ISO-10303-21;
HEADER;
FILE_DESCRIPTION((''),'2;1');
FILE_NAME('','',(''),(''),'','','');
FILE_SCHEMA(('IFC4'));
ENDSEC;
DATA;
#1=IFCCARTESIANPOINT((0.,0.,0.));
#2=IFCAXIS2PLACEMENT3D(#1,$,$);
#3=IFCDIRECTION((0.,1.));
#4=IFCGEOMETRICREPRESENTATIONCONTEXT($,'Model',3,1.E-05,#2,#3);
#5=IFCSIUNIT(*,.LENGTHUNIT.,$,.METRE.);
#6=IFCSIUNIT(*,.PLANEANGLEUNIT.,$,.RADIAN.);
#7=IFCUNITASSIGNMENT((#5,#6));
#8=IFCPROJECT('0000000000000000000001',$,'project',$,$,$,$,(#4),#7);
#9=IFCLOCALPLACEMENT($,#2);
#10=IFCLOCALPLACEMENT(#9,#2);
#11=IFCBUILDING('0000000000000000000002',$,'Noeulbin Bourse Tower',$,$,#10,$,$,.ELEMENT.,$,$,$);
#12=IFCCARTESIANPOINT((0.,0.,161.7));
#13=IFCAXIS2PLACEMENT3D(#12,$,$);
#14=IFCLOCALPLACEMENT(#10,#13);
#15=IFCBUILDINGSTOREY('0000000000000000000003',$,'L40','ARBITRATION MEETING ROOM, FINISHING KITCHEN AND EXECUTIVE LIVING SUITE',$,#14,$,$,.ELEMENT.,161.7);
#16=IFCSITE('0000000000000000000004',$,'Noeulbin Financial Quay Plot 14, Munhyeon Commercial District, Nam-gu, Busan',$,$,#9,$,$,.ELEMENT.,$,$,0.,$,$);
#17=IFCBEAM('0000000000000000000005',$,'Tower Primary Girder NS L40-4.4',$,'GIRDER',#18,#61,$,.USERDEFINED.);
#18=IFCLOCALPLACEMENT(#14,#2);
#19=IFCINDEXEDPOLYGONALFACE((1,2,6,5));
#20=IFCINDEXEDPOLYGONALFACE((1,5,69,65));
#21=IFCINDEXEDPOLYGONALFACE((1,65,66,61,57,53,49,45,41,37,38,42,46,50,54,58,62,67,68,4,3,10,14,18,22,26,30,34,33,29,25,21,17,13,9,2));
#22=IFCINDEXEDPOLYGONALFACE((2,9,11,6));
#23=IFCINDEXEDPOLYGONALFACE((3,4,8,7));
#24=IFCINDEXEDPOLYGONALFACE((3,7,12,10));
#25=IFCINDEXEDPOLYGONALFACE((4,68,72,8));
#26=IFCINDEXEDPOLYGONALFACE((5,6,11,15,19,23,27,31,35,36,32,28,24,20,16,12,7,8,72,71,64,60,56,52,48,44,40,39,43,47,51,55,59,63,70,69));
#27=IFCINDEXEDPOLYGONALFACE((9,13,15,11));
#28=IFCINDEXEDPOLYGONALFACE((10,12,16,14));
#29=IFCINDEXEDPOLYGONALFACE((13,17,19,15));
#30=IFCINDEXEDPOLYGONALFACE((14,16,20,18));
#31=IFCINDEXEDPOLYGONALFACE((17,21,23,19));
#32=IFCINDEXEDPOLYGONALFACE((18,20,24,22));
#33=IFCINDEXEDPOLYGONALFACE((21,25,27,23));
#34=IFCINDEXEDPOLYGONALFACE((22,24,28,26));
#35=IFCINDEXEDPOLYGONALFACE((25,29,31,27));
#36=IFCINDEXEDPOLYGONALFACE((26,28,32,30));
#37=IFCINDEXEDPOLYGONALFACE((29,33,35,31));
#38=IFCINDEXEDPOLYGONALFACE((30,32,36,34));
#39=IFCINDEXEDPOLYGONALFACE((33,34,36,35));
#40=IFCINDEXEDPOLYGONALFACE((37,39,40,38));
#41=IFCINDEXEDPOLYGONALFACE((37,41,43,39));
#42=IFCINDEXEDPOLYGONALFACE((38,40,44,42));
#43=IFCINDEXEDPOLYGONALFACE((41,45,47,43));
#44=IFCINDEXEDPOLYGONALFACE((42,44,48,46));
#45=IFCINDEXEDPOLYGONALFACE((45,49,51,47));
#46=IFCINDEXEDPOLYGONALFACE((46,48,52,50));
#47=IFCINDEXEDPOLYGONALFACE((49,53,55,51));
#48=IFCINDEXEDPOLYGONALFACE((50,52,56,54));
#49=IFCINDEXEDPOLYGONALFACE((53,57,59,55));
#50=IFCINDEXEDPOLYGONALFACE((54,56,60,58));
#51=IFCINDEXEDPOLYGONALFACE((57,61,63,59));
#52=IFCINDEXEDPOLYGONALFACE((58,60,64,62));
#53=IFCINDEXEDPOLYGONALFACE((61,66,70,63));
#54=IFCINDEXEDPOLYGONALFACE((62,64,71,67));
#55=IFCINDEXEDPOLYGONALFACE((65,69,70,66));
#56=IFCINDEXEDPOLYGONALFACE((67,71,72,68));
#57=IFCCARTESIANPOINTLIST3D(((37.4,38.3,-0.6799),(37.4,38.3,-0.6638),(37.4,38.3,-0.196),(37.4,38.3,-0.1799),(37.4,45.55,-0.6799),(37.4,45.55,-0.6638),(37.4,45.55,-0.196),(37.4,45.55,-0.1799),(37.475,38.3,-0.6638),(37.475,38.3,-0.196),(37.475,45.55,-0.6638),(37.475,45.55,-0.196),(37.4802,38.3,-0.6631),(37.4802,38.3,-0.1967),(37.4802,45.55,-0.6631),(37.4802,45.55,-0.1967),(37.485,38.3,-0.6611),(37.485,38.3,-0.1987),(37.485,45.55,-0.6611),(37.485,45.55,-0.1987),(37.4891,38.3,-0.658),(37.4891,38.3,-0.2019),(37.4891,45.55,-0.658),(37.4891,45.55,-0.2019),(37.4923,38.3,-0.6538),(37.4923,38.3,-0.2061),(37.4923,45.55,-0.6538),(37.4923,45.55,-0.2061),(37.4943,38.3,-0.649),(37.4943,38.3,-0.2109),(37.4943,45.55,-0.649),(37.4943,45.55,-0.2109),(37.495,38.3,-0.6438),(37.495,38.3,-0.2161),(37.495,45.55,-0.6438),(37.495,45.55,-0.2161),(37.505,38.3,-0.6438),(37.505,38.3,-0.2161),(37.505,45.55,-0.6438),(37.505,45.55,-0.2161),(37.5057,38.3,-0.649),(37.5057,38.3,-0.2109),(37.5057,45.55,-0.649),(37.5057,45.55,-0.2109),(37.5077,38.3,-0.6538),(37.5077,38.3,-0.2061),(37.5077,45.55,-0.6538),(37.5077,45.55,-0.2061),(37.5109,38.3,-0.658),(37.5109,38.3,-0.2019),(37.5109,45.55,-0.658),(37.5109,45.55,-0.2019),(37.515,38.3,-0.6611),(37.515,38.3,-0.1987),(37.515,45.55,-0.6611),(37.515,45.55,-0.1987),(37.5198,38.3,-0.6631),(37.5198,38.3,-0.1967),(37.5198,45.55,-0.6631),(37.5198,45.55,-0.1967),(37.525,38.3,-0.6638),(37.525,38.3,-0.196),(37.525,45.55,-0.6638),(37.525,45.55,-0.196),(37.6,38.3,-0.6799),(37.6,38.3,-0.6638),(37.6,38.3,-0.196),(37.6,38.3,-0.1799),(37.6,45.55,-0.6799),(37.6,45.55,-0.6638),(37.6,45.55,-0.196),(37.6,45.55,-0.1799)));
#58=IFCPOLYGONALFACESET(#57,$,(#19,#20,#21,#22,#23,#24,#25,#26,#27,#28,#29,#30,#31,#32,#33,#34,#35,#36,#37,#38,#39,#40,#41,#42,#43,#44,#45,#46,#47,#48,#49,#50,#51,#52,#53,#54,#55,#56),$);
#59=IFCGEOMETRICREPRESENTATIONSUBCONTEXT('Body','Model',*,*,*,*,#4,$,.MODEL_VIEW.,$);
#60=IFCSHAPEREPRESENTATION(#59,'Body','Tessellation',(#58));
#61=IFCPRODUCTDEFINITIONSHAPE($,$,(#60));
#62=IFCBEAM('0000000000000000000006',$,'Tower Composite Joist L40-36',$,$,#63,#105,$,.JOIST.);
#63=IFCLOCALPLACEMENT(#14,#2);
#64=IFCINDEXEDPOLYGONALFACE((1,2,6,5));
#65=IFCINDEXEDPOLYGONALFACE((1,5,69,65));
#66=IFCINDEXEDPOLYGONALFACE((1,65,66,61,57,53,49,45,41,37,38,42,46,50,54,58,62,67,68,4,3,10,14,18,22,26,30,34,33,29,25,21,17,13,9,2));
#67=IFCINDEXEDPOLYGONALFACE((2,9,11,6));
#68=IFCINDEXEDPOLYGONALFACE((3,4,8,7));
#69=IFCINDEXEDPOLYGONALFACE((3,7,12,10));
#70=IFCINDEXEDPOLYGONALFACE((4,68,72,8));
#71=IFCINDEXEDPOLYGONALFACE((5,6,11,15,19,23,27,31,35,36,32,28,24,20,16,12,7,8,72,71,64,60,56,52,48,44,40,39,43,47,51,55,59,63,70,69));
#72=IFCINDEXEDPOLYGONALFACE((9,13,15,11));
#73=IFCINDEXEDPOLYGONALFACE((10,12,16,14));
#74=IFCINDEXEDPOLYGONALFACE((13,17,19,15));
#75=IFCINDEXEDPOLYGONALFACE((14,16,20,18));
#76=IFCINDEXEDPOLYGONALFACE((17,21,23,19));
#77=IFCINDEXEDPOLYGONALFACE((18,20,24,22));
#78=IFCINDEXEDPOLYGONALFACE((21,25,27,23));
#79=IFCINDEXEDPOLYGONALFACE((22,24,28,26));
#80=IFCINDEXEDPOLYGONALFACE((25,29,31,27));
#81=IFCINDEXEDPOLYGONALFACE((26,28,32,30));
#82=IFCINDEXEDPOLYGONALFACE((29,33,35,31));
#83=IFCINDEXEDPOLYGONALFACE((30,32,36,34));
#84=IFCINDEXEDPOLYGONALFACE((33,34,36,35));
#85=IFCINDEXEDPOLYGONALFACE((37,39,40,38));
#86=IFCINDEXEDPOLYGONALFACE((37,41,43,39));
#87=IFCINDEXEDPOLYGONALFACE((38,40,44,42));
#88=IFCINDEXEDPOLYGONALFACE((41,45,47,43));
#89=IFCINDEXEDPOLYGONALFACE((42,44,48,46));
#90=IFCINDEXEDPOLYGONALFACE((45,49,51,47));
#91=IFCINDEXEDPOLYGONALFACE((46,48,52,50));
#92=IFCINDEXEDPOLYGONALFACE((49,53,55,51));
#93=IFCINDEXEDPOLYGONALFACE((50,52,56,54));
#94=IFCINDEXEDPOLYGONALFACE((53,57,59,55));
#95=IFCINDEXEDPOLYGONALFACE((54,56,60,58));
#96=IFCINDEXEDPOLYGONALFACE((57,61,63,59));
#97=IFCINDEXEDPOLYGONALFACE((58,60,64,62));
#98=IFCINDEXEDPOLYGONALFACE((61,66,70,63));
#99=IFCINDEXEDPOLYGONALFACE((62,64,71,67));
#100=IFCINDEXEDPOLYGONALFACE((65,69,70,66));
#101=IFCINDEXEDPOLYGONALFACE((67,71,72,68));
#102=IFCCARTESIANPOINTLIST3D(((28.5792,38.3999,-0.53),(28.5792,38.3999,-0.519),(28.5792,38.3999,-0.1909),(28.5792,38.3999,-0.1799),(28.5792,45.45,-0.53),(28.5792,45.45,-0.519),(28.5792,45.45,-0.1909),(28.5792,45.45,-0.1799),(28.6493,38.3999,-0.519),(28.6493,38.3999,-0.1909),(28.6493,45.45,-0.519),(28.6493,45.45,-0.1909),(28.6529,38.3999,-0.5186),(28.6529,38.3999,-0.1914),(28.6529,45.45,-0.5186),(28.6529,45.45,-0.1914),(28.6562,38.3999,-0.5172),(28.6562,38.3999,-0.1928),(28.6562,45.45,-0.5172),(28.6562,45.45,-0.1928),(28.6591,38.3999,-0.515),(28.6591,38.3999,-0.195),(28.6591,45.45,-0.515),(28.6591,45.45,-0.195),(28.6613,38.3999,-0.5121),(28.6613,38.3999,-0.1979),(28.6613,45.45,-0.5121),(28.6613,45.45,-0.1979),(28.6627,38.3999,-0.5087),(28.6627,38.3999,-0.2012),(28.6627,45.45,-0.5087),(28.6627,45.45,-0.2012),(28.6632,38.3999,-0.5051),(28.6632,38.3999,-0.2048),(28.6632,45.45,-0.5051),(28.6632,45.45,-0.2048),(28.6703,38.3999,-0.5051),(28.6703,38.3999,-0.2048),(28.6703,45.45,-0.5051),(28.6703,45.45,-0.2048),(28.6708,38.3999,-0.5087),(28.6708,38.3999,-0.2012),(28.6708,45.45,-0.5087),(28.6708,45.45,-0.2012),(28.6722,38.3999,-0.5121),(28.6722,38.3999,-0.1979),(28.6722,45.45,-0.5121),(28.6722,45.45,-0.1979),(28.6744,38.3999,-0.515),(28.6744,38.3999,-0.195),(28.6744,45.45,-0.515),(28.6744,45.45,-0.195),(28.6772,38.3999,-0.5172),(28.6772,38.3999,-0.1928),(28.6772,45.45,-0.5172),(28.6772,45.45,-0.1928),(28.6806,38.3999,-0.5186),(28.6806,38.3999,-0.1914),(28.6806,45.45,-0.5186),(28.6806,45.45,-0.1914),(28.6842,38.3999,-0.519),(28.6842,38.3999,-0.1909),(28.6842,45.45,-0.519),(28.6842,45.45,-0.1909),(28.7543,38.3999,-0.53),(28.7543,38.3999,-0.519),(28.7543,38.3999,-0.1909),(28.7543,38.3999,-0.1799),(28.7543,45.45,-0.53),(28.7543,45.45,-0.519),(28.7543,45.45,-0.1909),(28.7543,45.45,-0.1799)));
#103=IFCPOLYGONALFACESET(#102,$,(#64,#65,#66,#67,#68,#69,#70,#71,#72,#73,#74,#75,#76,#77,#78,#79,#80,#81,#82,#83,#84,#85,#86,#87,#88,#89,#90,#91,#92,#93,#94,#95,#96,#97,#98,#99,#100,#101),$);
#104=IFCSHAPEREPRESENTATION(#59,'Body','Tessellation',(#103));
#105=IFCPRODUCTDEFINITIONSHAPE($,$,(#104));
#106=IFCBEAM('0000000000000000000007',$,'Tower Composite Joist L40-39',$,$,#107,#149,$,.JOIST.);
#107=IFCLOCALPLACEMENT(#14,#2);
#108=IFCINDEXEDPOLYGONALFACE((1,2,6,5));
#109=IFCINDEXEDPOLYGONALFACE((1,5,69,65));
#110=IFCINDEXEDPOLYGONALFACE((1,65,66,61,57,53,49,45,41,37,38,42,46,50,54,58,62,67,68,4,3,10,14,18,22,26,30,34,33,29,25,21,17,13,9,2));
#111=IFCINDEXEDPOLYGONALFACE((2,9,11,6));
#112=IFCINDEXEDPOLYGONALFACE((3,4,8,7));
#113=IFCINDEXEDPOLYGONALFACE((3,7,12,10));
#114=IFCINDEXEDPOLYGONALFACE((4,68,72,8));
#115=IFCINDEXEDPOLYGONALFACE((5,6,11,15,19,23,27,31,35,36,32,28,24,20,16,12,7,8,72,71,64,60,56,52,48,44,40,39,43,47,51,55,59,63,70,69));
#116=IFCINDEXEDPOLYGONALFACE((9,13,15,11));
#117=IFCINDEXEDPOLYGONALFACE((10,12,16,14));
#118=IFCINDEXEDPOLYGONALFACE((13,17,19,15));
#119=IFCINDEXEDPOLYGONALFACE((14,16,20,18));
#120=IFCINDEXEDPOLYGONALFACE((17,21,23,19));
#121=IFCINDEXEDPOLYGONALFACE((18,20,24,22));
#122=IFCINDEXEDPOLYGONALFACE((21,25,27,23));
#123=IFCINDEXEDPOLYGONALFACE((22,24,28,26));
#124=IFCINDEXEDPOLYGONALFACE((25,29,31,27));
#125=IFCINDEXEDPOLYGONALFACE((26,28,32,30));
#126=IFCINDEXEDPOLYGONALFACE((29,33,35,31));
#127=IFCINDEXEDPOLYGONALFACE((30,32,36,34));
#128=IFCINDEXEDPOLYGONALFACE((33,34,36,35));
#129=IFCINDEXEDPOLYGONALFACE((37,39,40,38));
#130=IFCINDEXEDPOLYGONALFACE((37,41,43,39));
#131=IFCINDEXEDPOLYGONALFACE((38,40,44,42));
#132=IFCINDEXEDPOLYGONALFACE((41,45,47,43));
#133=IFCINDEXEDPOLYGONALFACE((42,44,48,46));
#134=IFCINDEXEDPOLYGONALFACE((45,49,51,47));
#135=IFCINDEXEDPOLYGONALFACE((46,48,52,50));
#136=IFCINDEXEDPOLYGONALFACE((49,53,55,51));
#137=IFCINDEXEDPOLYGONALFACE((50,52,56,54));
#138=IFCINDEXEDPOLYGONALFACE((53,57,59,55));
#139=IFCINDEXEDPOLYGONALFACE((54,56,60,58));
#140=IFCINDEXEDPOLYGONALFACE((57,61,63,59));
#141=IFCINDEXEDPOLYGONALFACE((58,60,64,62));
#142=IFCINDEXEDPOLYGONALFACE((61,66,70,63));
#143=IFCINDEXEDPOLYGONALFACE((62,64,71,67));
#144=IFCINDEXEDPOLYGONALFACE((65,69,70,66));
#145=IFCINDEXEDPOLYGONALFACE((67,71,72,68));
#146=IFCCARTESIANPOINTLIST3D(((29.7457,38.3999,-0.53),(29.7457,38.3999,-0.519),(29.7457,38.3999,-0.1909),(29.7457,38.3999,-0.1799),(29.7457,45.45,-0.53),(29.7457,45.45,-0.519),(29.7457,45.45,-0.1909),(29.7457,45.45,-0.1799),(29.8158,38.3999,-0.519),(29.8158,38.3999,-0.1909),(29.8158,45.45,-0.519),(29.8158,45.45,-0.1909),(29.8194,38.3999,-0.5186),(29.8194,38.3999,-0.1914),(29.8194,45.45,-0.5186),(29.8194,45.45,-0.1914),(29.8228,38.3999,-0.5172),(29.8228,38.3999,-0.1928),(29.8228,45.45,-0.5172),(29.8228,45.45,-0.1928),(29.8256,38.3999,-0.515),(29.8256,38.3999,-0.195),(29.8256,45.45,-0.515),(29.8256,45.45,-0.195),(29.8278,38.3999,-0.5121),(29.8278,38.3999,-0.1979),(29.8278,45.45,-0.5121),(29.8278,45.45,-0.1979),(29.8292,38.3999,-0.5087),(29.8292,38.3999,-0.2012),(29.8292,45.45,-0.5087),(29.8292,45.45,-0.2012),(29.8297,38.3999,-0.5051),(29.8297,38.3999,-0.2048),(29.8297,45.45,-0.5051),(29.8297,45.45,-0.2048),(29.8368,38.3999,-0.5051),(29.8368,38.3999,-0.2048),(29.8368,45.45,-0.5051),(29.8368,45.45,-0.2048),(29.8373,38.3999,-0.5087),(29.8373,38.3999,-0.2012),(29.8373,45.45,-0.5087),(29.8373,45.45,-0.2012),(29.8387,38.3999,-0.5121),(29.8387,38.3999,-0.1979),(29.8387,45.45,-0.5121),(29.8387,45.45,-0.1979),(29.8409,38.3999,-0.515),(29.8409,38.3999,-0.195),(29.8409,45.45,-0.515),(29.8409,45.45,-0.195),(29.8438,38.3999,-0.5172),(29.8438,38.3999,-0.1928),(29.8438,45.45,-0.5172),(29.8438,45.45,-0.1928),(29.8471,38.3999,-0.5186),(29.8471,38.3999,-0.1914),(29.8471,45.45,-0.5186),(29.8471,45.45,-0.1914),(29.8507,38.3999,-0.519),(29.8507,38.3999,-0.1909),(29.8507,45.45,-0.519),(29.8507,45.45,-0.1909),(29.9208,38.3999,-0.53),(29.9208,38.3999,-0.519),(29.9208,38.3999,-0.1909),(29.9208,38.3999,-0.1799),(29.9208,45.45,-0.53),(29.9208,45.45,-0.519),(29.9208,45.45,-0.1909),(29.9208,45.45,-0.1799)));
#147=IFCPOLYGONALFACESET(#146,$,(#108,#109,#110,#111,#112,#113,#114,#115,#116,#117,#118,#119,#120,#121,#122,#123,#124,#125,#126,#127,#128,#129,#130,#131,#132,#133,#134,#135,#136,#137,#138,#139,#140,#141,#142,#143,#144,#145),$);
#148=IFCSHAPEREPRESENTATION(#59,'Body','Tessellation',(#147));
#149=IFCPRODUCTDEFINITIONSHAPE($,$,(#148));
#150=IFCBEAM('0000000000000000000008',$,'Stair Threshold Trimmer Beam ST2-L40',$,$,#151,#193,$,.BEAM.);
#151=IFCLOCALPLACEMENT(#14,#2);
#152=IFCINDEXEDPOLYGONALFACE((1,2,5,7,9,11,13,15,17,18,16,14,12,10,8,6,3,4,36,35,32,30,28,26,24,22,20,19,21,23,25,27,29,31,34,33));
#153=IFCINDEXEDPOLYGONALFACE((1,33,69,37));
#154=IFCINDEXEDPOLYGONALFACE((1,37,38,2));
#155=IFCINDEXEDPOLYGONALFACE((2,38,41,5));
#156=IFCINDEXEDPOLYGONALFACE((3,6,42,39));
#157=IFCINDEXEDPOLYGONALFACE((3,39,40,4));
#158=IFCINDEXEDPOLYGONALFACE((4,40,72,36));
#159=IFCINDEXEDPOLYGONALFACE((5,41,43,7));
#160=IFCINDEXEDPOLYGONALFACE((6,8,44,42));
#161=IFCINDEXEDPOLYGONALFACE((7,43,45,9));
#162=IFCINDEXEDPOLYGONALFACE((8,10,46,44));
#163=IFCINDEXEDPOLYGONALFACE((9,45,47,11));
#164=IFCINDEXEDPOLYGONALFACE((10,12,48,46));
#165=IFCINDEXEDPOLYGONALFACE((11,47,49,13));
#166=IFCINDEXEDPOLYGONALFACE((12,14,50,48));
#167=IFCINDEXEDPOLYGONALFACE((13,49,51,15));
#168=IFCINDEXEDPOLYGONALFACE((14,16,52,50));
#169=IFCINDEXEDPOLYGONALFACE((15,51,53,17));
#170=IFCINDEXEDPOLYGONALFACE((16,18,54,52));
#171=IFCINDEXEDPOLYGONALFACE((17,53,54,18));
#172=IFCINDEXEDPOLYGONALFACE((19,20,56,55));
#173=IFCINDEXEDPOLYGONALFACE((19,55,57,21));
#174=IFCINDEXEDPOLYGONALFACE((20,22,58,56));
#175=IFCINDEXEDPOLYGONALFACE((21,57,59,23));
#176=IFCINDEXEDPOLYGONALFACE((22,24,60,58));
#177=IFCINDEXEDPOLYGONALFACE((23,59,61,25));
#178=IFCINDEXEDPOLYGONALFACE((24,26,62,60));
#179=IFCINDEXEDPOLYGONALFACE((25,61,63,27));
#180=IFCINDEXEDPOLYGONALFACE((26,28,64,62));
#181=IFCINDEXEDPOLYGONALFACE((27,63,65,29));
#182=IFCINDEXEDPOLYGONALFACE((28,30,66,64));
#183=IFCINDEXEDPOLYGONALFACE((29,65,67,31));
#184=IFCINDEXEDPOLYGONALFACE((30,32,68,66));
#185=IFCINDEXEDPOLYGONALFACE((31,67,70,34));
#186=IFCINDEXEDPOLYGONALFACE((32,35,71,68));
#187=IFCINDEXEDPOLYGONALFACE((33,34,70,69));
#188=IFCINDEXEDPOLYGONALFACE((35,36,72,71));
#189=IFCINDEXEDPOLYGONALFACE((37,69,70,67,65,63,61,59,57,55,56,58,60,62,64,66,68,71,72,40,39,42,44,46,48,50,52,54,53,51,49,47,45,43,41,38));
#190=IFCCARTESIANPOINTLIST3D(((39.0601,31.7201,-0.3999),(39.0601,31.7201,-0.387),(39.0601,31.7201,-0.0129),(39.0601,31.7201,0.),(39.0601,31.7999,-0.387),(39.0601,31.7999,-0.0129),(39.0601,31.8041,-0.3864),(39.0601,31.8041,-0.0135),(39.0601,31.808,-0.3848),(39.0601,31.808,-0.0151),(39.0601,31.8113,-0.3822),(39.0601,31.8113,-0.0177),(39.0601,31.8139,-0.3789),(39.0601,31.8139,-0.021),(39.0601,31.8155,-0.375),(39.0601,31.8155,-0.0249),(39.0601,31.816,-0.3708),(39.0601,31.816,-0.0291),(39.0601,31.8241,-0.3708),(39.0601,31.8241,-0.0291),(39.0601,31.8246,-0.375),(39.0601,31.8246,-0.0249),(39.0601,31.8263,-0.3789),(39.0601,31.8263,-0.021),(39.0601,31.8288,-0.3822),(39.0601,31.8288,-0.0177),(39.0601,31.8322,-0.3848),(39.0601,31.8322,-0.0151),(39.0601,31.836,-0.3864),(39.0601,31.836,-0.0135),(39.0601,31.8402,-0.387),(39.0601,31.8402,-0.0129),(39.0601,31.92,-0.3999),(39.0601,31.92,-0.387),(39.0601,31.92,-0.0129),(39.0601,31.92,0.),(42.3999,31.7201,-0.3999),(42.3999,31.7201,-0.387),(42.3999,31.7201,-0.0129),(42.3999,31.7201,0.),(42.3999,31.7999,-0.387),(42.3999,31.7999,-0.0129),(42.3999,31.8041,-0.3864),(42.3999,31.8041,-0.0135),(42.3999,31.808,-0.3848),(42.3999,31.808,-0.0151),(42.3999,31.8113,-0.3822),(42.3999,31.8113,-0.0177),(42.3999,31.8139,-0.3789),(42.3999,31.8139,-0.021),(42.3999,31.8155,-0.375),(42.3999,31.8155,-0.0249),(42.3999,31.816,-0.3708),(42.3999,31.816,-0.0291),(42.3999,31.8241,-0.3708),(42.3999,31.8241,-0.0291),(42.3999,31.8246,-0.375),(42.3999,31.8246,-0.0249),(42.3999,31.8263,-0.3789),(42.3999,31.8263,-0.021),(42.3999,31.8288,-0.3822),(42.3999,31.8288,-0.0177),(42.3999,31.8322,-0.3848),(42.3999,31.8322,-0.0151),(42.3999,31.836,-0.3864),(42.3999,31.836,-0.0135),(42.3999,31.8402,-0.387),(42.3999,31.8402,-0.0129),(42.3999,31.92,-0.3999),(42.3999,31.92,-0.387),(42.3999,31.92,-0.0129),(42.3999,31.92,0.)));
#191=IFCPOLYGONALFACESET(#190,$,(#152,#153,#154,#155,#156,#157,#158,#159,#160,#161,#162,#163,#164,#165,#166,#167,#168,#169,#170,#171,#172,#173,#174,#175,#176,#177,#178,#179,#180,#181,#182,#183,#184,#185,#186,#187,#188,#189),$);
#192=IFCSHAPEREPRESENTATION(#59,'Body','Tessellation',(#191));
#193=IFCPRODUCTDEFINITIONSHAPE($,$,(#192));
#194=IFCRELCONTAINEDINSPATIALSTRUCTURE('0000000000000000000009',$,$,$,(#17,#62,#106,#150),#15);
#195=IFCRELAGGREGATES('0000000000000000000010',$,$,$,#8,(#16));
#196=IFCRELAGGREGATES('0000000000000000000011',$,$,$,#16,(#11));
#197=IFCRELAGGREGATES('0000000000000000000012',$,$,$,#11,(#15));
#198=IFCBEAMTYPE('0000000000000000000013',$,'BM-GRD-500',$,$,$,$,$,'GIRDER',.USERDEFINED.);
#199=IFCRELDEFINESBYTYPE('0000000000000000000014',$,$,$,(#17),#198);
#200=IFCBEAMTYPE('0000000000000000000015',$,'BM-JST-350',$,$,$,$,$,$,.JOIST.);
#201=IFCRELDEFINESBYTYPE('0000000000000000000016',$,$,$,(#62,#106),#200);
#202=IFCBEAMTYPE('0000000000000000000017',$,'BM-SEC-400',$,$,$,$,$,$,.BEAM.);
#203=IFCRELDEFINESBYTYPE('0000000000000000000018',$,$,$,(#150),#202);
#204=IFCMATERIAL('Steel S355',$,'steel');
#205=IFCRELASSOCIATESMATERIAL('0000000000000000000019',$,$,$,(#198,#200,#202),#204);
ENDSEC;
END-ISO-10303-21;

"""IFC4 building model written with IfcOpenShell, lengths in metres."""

from ifc_helpers import new_model, si_unit, direction, frame, origin, origin_2d, place, context, subcontext, project, spatial, i_section, extrude, material, material_profile, profile_set, type_object, element, save


model = new_model("IFC4")

# Units and contexts
model_context = context("Model", 3, precision=1e-05, world=origin(), true_north=direction((0.0, 1.0)))
body_context = subcontext(model_context, "Body", "Model", "MODEL_VIEW")
ifc_project = project(units=[si_unit("LENGTHUNIT", "METRE"), si_unit("PLANEANGLEUNIT", "RADIAN")], contexts=[model_context])

# Site, building, storey
site_placement = place(None, origin())
site = spatial("IfcSite", under=ifc_project, at=site_placement, Name="Noeulbin Financial Quay Plot 14, Munhyeon Commercial District, Nam-gu, Busan", CompositionType="ELEMENT", RefElevation=0.0)
building_placement = place(site_placement, origin())
building = spatial("IfcBuilding", under=site, at=building_placement, Name="Noeulbin Bourse Tower", CompositionType="ELEMENT")
storey_placement = place(building_placement, frame((0.0, 0.0, 161.7)))
storey = spatial("IfcBuildingStorey", under=building, at=storey_placement, Name="L40", Description="ARBITRATION MEETING ROOM, FINISHING KITCHEN AND EXECUTIVE LIVING SUITE", CompositionType="ELEMENT", Elevation=161.7)

# Beams
ifc_material_1 = material(Name="Steel S355", Category="steel")
ifc_material_profile_1 = material_profile(ifc_material_1, i_section(OverallWidth=0.2, OverallDepth=0.5, WebThickness=0.01, FlangeThickness=0.0161, FilletRadius=0.02, at=origin_2d()), Name="H-500x200x10x16", Category="LoadBearing")
ifc_profile_set_1 = profile_set([ifc_material_profile_1], Name="Steel S355")
beam_type_1 = type_object("IfcBeamType", Name="BM-GRD-500", ElementType="GIRDER", PredefinedType="USERDEFINED", material=ifc_profile_set_1)
for number, where, z_axis, x_axis, name in (
    (1, (37.5, 38.3, -0.4299), (0.0, 1.0, 0.0), (-1.0, 0.0, 0.0), "Tower Primary Girder NS L40-4.4"),
):
    element("IfcBeam", number, at=place(storey_placement, frame(where, z_axis=z_axis, x_axis=x_axis)), inside=storey, type_object=beam_type_1, Name=name, ObjectType="GIRDER", PredefinedType="USERDEFINED", context=body_context, shape_type="SweptSolid", body=[
        extrude(i_section(OverallWidth=0.2, OverallDepth=0.5, WebThickness=0.01, FlangeThickness=0.0161, FilletRadius=0.02, at=origin_2d()), origin(), (0.0, 0.0, 1.0), 7.25),
    ])
ifc_material_profile_2 = material_profile(ifc_material_1, i_section(OverallWidth=0.175, OverallDepth=0.3501, WebThickness=0.0071, FlangeThickness=0.011, FilletRadius=0.0139, at=origin_2d()), Name="H-350x175x7x11", Category="LoadBearing")
ifc_profile_set_2 = profile_set([ifc_material_profile_2], Name="Steel S355")
beam_type_2 = type_object("IfcBeamType", Name="BM-JST-350", PredefinedType="JOIST", material=ifc_profile_set_2)
for number, where, z_axis, x_axis, name in (
    (2, (28.6667, 38.3999, -0.355), (0.0, 1.0, 0.0), (-1.0, 0.0, 0.0), "Tower Composite Joist L40-36"),
    (3, (29.8333, 38.3999, -0.355), (0.0, 1.0, 0.0), (-1.0, 0.0, 0.0), "Tower Composite Joist L40-39"),
):
    element("IfcBeam", number, at=place(storey_placement, frame(where, z_axis=z_axis, x_axis=x_axis)), inside=storey, type_object=beam_type_2, Name=name, PredefinedType="JOIST", context=body_context, shape_type="SweptSolid", body=[
        extrude(i_section(OverallWidth=0.175, OverallDepth=0.3501, WebThickness=0.0071, FlangeThickness=0.011, FilletRadius=0.0139, at=origin_2d()), origin(), (0.0, 0.0, 1.0), 7.05),
    ])
ifc_material_profile_3 = material_profile(ifc_material_1, i_section(OverallWidth=0.2, OverallDepth=0.3999, WebThickness=0.0081, FlangeThickness=0.0129, FilletRadius=0.0161, at=origin_2d()), Name="H-400x200x8x13", Category="LoadBearing")
ifc_profile_set_3 = profile_set([ifc_material_profile_3], Name="Steel S355")
beam_type_3 = type_object("IfcBeamType", Name="BM-SEC-400", PredefinedType="BEAM", material=ifc_profile_set_3)
beam_placement = place(storey_placement, frame((39.0601, 31.8201, -0.2), z_axis=(1.0, 0.0, 0.0), x_axis=(0.0, 1.0, 0.0)))
element("IfcBeam", 4, at=beam_placement, inside=storey, type_object=beam_type_3, Name="Stair Threshold Trimmer Beam ST2-L40", PredefinedType="BEAM", context=body_context, shape_type="SweptSolid", body=[
    extrude(i_section(OverallWidth=0.2, OverallDepth=0.3999, WebThickness=0.0081, FlangeThickness=0.0129, FilletRadius=0.0161, at=origin_2d()), origin(), (0.0, 0.0, 1.0), 3.3398),
])

save(model, "model.ifc")
